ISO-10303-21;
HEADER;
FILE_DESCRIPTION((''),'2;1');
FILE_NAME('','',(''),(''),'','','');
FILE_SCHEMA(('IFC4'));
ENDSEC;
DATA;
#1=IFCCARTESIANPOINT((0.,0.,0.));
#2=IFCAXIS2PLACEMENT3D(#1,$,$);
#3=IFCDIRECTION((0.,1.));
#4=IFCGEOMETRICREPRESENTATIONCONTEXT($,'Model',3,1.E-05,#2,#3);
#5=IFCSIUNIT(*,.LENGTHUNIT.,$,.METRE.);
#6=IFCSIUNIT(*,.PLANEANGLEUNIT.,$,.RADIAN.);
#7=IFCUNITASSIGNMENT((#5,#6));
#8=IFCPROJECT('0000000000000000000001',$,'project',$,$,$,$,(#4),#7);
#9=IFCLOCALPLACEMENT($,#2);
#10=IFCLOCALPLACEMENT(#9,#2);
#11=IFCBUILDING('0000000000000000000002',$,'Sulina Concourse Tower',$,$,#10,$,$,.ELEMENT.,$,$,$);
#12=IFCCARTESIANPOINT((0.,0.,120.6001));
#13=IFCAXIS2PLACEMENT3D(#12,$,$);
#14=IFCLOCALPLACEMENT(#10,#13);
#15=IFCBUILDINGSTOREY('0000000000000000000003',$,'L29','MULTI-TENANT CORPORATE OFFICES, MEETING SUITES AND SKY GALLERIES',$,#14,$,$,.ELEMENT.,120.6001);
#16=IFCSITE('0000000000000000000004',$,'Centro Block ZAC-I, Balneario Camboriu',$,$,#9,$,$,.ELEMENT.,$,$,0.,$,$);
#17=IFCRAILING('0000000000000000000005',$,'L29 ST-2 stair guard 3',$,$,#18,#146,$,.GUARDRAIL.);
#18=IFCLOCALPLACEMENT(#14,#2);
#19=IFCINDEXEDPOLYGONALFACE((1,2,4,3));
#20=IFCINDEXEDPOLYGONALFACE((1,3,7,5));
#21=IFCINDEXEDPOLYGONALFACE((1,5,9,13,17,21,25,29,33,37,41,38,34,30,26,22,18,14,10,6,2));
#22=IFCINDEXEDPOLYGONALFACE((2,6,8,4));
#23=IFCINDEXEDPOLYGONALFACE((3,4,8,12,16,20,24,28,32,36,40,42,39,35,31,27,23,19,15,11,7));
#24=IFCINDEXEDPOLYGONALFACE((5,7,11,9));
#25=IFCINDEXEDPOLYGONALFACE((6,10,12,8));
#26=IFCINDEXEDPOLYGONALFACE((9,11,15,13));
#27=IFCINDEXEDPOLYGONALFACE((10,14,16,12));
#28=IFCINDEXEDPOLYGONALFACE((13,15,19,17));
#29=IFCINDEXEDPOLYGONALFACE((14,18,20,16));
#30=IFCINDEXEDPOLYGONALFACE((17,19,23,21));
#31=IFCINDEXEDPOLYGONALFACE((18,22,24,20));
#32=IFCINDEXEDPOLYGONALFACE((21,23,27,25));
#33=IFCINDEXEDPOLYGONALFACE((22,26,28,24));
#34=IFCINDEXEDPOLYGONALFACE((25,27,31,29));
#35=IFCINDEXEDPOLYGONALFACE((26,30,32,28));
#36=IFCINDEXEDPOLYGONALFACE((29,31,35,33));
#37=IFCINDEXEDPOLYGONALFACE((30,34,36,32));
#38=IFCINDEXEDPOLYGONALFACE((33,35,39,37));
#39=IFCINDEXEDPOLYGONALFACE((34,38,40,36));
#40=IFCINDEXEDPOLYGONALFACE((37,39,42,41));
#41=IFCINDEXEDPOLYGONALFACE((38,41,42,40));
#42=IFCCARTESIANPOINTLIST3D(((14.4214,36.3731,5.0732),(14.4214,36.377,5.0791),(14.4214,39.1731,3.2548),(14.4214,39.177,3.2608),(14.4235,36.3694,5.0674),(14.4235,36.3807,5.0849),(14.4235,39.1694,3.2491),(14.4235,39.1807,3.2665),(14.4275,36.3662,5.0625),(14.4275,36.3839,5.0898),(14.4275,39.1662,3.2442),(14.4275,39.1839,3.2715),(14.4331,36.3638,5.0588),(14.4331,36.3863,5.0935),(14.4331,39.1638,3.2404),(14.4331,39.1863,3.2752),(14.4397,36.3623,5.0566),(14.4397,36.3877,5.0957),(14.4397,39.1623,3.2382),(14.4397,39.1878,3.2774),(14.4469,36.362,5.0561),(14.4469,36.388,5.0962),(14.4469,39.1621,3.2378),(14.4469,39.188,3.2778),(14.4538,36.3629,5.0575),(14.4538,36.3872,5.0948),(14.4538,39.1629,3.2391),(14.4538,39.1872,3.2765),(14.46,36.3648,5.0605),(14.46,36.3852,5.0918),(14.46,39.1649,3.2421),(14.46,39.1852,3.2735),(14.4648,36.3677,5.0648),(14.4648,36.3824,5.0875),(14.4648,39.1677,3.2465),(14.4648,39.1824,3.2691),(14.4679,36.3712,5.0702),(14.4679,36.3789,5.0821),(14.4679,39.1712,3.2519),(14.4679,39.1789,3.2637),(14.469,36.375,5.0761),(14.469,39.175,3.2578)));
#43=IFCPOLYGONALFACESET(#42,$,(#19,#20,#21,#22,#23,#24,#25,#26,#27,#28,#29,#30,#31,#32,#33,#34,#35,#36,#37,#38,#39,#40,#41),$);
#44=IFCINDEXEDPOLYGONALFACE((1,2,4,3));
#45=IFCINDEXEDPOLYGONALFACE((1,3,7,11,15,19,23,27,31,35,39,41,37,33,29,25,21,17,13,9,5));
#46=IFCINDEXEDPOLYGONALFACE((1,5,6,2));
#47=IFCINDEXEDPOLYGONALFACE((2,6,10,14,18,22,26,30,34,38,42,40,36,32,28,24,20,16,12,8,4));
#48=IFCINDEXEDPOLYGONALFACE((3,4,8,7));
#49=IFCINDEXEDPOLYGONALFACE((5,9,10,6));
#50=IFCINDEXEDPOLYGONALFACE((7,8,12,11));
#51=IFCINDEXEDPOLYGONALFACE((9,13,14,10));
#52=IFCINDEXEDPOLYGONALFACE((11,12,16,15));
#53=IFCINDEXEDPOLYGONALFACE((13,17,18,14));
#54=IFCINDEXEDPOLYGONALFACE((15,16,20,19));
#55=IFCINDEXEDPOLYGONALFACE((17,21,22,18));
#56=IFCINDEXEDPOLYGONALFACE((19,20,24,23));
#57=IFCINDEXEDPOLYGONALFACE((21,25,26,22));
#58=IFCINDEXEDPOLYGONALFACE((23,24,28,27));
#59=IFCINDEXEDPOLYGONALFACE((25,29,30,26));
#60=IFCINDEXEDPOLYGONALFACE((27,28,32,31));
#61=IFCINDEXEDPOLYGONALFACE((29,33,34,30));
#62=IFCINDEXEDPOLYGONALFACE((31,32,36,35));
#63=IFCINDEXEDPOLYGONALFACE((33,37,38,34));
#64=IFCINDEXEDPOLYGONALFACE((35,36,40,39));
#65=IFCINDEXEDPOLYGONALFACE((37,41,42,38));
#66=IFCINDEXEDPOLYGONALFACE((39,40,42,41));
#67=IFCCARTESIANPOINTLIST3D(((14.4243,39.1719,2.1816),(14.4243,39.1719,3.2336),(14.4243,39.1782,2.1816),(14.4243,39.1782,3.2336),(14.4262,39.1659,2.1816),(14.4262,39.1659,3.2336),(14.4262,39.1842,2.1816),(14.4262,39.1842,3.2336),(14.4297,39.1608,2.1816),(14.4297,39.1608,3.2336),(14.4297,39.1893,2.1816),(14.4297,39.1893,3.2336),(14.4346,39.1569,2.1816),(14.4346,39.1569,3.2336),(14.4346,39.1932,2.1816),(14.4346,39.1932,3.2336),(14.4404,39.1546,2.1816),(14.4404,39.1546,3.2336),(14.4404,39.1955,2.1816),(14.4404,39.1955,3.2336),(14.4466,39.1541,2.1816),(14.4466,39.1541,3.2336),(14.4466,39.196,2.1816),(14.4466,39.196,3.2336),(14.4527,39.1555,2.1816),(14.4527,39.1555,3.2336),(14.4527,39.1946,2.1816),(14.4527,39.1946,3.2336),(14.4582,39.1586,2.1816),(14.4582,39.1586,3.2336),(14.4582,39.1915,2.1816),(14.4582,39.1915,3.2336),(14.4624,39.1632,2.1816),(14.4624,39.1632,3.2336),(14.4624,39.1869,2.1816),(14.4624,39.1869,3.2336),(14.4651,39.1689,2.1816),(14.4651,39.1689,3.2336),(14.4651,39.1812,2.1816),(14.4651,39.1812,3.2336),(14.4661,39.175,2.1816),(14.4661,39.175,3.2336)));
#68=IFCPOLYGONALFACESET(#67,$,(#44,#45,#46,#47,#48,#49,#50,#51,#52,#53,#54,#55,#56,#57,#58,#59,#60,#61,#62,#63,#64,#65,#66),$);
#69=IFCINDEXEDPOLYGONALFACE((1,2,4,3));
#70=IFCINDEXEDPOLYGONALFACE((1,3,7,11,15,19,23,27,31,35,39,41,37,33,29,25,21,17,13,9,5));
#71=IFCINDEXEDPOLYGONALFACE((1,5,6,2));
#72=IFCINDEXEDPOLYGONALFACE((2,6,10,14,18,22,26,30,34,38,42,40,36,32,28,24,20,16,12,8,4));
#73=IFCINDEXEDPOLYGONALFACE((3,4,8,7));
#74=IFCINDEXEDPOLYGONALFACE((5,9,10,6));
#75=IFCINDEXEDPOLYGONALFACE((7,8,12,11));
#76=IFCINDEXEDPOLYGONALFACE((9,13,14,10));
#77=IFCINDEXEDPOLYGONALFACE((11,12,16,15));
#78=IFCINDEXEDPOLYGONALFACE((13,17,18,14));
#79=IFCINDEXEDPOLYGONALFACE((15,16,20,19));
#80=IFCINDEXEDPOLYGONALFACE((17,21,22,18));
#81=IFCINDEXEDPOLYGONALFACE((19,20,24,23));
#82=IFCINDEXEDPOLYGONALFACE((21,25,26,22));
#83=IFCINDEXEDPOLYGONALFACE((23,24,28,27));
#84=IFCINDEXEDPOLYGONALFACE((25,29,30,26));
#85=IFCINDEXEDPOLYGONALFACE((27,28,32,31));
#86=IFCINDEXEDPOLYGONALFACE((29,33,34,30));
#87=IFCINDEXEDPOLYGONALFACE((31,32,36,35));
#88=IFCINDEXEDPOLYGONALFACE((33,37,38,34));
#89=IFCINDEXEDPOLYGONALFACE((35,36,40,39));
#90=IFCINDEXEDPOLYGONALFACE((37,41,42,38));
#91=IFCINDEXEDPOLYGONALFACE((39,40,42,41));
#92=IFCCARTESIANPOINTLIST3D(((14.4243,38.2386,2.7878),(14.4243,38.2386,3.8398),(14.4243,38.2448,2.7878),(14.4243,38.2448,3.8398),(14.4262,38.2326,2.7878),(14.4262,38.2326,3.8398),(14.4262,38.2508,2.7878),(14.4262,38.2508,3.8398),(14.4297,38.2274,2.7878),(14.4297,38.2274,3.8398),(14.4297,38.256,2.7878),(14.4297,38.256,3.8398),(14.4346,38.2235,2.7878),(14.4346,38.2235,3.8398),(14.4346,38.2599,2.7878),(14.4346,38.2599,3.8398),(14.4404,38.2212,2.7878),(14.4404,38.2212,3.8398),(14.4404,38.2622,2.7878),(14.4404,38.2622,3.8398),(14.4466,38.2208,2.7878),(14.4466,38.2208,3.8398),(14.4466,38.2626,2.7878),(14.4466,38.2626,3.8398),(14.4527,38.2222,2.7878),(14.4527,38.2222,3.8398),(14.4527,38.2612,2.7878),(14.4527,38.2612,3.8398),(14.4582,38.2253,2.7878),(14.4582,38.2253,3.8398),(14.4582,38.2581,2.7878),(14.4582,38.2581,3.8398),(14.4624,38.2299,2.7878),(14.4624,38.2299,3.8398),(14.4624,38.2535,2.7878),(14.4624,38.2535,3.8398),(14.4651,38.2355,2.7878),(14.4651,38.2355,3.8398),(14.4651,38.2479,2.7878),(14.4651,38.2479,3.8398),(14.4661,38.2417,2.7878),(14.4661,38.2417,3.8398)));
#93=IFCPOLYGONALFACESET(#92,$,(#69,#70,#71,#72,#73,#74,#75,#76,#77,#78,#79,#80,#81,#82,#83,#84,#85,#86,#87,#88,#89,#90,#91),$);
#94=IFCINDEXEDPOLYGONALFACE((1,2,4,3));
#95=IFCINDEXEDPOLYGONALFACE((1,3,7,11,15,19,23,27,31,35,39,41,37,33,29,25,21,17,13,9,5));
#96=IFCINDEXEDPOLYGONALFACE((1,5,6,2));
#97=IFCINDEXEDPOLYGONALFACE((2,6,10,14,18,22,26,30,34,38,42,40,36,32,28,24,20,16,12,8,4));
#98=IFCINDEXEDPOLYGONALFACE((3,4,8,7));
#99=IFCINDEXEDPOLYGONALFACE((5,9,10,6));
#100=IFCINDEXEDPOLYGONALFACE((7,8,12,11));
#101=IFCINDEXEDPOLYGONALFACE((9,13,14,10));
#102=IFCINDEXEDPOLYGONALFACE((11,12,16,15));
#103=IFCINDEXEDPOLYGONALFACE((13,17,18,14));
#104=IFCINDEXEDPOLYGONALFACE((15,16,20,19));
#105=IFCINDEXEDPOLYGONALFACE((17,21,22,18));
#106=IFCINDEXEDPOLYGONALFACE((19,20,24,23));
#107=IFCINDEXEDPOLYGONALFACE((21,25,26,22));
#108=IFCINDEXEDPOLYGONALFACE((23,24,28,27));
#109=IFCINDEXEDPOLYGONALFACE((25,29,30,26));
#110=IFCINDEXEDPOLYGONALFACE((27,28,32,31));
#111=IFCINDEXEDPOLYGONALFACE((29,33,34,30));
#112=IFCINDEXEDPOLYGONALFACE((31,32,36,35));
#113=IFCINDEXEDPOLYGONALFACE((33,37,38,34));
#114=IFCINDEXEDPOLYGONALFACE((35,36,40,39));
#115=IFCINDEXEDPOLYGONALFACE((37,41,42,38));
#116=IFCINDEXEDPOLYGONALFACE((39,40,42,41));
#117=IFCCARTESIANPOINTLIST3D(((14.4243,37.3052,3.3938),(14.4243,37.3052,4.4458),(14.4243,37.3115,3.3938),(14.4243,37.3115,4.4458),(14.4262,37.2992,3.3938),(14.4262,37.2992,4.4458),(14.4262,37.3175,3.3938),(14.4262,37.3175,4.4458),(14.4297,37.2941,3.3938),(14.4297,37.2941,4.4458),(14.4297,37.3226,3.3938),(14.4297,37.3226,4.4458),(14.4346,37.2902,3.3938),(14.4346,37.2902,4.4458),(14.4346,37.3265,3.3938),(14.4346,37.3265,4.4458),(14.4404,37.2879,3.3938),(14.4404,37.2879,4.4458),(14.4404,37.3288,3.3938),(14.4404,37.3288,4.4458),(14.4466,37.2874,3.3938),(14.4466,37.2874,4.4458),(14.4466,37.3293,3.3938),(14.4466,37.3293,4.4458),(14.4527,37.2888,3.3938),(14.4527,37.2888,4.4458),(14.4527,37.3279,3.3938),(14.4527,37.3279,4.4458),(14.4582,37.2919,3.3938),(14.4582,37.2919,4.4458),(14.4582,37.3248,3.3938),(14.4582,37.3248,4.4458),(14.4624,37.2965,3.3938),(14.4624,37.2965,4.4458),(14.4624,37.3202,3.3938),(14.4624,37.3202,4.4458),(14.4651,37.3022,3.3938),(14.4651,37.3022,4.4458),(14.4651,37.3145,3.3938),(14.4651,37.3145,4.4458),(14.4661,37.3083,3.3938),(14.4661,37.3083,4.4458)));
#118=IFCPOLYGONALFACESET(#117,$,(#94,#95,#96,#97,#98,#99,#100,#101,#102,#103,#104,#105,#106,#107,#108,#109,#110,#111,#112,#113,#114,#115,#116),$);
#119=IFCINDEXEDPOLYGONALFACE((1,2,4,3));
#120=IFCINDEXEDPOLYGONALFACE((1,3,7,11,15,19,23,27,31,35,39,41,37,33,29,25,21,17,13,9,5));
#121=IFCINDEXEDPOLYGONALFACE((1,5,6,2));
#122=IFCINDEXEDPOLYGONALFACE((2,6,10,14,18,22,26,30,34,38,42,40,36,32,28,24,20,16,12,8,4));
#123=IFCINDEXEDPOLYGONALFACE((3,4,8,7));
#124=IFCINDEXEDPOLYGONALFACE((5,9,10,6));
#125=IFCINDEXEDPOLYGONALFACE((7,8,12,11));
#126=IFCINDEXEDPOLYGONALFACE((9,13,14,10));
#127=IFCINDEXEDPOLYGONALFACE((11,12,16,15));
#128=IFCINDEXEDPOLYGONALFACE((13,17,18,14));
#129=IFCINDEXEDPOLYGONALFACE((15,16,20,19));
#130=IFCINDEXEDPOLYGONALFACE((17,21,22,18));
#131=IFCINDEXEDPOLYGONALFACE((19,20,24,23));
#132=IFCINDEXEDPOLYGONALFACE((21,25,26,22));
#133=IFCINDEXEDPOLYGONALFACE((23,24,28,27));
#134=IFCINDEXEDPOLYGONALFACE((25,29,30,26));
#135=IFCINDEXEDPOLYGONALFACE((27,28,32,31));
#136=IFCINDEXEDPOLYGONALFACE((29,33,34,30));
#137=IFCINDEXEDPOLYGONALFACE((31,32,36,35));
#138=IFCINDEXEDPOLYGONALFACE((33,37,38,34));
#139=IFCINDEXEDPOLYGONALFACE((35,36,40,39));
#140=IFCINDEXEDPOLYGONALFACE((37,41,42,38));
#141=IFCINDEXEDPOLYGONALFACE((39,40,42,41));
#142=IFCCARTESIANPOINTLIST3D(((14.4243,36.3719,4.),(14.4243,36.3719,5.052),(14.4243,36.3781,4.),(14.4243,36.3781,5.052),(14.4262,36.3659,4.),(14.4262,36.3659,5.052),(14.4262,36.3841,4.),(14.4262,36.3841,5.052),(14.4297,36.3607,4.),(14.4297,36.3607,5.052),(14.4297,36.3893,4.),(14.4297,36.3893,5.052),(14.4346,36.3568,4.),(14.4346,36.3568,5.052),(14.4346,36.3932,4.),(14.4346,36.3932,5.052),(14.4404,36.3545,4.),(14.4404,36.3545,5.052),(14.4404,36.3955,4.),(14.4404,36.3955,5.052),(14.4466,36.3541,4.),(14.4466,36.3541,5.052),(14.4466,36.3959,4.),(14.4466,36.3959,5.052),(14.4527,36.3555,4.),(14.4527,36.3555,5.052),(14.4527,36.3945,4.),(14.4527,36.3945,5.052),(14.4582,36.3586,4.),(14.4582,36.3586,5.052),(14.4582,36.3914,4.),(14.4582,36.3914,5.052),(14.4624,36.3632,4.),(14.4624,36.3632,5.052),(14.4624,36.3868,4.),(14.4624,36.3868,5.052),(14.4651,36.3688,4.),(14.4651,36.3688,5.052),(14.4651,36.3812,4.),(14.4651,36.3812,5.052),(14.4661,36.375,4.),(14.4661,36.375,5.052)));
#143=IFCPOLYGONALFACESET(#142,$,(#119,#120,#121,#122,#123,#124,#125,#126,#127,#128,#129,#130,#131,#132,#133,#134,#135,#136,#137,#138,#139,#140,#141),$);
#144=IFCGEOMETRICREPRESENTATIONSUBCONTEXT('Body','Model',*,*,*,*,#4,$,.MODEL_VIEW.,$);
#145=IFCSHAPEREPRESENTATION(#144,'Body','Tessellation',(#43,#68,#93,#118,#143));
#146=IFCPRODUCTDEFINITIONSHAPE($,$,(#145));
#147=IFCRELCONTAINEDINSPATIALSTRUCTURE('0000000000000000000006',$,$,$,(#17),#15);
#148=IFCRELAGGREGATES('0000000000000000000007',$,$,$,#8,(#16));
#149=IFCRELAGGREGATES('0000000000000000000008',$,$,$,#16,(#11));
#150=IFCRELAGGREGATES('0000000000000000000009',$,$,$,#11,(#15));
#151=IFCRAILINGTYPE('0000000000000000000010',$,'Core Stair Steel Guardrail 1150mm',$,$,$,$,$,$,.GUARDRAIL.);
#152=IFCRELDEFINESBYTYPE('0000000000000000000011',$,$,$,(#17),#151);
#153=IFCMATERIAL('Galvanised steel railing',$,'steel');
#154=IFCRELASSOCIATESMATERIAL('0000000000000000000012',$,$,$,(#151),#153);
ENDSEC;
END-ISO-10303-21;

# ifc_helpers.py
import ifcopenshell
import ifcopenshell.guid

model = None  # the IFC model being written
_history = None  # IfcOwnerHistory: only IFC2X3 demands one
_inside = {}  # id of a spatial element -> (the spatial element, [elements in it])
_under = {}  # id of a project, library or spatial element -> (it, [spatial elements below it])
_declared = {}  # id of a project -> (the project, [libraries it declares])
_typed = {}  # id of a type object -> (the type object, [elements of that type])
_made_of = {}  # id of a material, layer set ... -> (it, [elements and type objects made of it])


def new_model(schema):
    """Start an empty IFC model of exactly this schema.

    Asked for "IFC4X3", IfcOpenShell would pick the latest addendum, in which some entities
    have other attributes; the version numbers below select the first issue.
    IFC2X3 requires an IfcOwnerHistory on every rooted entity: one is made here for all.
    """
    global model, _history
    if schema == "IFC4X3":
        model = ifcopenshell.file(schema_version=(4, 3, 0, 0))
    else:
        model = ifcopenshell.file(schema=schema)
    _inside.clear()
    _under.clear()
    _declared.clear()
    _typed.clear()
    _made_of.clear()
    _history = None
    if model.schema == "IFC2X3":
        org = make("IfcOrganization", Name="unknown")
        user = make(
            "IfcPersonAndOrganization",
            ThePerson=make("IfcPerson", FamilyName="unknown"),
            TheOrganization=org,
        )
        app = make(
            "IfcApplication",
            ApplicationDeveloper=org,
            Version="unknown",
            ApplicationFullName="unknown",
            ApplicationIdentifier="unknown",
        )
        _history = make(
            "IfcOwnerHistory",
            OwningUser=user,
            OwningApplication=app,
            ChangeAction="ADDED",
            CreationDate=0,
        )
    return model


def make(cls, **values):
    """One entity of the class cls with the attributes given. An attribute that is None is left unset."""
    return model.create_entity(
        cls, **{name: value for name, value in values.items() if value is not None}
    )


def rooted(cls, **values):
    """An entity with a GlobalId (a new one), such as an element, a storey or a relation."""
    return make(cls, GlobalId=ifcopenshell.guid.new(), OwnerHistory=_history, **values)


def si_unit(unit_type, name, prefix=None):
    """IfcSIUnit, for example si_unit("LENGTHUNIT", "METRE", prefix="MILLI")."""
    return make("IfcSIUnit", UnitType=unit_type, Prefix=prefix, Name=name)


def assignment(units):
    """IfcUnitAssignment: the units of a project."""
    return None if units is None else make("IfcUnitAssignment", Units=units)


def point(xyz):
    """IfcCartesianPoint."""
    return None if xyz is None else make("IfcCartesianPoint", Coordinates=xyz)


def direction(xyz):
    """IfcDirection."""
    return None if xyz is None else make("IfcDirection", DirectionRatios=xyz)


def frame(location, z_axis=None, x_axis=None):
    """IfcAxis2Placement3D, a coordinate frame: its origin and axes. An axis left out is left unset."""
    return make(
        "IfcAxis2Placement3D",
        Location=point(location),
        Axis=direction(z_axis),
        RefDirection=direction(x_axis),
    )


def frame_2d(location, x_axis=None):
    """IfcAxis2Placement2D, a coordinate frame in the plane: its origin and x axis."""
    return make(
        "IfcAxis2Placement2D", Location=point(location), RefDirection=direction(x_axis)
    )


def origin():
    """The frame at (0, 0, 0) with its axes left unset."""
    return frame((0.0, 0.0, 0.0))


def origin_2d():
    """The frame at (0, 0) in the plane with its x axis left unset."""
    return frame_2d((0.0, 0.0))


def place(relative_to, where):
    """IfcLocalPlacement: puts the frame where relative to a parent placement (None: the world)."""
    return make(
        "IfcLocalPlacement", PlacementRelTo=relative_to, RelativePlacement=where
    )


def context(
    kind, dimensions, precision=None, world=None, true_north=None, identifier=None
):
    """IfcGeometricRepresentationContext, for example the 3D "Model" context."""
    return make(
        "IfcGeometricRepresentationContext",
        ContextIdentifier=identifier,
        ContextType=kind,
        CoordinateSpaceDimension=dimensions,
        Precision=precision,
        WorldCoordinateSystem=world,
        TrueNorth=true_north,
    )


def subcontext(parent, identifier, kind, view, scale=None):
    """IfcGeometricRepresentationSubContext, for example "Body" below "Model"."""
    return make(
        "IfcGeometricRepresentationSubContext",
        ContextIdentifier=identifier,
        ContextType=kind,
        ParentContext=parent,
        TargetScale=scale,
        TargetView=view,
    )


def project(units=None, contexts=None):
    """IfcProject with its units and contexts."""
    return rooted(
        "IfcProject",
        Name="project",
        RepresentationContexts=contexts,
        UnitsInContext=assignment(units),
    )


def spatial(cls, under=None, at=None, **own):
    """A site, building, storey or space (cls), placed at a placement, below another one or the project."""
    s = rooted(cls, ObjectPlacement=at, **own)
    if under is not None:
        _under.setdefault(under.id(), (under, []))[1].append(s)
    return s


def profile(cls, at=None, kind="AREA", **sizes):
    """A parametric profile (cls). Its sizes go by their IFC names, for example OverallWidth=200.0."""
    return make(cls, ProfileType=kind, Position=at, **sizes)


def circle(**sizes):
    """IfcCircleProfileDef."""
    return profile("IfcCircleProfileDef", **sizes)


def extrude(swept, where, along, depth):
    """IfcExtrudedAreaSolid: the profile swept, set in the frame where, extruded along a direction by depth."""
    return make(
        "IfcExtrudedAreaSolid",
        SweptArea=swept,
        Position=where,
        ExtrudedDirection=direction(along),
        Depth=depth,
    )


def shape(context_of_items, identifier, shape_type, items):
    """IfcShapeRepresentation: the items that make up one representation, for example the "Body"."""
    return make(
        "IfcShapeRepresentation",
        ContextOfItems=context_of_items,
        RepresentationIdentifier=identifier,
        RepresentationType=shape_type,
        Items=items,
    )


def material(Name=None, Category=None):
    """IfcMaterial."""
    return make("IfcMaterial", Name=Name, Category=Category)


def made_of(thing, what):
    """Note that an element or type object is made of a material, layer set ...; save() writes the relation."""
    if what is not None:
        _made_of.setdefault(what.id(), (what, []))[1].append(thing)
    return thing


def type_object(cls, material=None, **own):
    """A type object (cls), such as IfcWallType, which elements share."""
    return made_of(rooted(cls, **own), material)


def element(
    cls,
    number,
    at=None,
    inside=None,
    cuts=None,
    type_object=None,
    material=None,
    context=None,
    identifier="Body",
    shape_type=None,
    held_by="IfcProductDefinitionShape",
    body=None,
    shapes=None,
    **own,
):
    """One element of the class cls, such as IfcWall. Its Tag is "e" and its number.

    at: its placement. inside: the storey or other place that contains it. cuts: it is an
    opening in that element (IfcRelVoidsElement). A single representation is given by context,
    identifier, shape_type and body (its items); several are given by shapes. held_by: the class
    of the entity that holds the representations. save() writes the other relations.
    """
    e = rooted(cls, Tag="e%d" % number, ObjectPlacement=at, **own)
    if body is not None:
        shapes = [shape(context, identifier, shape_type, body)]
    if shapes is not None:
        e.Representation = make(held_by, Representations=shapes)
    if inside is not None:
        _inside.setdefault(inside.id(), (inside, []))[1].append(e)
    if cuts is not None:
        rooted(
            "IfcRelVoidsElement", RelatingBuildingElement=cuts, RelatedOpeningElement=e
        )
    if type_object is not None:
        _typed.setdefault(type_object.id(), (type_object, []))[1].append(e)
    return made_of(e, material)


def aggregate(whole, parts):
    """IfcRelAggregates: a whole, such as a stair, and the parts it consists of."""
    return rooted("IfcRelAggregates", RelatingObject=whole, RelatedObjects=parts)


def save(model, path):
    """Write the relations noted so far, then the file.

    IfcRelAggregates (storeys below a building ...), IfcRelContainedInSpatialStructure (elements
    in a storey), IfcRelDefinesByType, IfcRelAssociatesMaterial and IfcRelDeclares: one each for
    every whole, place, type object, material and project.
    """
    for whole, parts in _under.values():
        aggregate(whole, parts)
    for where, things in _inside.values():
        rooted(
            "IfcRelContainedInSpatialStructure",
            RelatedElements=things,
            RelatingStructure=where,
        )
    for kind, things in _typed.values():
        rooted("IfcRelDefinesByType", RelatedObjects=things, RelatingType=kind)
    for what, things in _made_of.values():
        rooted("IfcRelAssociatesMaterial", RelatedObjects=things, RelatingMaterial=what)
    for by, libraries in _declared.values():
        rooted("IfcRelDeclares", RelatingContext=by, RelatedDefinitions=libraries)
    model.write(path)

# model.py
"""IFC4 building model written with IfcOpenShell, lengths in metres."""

from ifc_helpers import new_model, si_unit, direction, frame, origin, origin_2d, place, context, subcontext, project, spatial, circle, extrude, material, type_object, element, save


model = new_model("IFC4")

# Units and contexts
model_context = context("Model", 3, precision=1e-05, world=origin(), true_north=direction((0.0, 1.0)))
body_context = subcontext(model_context, "Body", "Model", "MODEL_VIEW")
ifc_project = project(units=[si_unit("LENGTHUNIT", "METRE"), si_unit("PLANEANGLEUNIT", "RADIAN")], contexts=[model_context])

# Site, building, storey
site_placement = place(None, origin())
site = spatial("IfcSite", under=ifc_project, at=site_placement, Name="Centro Block ZAC-I, Balneario Camboriu", CompositionType="ELEMENT", RefElevation=0.0)
building_placement = place(site_placement, origin())
building = spatial("IfcBuilding", under=site, at=building_placement, Name="Sulina Concourse Tower", CompositionType="ELEMENT")
storey_placement = place(building_placement, frame((0.0, 0.0, 120.6001)))
storey = spatial("IfcBuildingStorey", under=building, at=storey_placement, Name="L29", Description="MULTI-TENANT CORPORATE OFFICES, MEETING SUITES AND SKY GALLERIES", CompositionType="ELEMENT", Elevation=120.6001)

# Railing
ifc_material_1 = material(Name="Galvanised steel railing", Category="steel")
railing_type_1 = type_object("IfcRailingType", Name="Core Stair Steel Guardrail 1150mm", PredefinedType="GUARDRAIL", material=ifc_material_1)
railing_1_placement = place(storey_placement, frame((14.4451, 39.175, 2.1816)))
element("IfcRailing", 1, at=railing_1_placement, inside=storey, type_object=railing_type_1, Name="L29 ST-2 stair guard 3", PredefinedType="GUARDRAIL", context=body_context, shape_type="SweptSolid", body=[
    extrude(circle(Radius=0.0239, at=origin_2d()), frame((0.0, 0.0, 1.0762), z_axis=(0.0, -0.838672, 0.544636), x_axis=(1.0, 0.0, 0.0)), (0.0, 0.0, 1.0), 3.3386),
    extrude(circle(Radius=0.021, at=origin_2d()), origin(), (0.0, 0.0, 1.0), 1.052),
    extrude(circle(Radius=0.021, at=origin_2d()), frame((0.0, -0.9333, 0.6062)), (0.0, 0.0, 1.0), 1.052),
    extrude(circle(Radius=0.021, at=origin_2d()), frame((0.0, -1.8667, 1.2122)), (0.0, 0.0, 1.0), 1.052),
    extrude(circle(Radius=0.021, at=origin_2d()), frame((0.0, -2.8, 1.8184)), (0.0, 0.0, 1.0), 1.052),
])

save(model, "model.ifc")
